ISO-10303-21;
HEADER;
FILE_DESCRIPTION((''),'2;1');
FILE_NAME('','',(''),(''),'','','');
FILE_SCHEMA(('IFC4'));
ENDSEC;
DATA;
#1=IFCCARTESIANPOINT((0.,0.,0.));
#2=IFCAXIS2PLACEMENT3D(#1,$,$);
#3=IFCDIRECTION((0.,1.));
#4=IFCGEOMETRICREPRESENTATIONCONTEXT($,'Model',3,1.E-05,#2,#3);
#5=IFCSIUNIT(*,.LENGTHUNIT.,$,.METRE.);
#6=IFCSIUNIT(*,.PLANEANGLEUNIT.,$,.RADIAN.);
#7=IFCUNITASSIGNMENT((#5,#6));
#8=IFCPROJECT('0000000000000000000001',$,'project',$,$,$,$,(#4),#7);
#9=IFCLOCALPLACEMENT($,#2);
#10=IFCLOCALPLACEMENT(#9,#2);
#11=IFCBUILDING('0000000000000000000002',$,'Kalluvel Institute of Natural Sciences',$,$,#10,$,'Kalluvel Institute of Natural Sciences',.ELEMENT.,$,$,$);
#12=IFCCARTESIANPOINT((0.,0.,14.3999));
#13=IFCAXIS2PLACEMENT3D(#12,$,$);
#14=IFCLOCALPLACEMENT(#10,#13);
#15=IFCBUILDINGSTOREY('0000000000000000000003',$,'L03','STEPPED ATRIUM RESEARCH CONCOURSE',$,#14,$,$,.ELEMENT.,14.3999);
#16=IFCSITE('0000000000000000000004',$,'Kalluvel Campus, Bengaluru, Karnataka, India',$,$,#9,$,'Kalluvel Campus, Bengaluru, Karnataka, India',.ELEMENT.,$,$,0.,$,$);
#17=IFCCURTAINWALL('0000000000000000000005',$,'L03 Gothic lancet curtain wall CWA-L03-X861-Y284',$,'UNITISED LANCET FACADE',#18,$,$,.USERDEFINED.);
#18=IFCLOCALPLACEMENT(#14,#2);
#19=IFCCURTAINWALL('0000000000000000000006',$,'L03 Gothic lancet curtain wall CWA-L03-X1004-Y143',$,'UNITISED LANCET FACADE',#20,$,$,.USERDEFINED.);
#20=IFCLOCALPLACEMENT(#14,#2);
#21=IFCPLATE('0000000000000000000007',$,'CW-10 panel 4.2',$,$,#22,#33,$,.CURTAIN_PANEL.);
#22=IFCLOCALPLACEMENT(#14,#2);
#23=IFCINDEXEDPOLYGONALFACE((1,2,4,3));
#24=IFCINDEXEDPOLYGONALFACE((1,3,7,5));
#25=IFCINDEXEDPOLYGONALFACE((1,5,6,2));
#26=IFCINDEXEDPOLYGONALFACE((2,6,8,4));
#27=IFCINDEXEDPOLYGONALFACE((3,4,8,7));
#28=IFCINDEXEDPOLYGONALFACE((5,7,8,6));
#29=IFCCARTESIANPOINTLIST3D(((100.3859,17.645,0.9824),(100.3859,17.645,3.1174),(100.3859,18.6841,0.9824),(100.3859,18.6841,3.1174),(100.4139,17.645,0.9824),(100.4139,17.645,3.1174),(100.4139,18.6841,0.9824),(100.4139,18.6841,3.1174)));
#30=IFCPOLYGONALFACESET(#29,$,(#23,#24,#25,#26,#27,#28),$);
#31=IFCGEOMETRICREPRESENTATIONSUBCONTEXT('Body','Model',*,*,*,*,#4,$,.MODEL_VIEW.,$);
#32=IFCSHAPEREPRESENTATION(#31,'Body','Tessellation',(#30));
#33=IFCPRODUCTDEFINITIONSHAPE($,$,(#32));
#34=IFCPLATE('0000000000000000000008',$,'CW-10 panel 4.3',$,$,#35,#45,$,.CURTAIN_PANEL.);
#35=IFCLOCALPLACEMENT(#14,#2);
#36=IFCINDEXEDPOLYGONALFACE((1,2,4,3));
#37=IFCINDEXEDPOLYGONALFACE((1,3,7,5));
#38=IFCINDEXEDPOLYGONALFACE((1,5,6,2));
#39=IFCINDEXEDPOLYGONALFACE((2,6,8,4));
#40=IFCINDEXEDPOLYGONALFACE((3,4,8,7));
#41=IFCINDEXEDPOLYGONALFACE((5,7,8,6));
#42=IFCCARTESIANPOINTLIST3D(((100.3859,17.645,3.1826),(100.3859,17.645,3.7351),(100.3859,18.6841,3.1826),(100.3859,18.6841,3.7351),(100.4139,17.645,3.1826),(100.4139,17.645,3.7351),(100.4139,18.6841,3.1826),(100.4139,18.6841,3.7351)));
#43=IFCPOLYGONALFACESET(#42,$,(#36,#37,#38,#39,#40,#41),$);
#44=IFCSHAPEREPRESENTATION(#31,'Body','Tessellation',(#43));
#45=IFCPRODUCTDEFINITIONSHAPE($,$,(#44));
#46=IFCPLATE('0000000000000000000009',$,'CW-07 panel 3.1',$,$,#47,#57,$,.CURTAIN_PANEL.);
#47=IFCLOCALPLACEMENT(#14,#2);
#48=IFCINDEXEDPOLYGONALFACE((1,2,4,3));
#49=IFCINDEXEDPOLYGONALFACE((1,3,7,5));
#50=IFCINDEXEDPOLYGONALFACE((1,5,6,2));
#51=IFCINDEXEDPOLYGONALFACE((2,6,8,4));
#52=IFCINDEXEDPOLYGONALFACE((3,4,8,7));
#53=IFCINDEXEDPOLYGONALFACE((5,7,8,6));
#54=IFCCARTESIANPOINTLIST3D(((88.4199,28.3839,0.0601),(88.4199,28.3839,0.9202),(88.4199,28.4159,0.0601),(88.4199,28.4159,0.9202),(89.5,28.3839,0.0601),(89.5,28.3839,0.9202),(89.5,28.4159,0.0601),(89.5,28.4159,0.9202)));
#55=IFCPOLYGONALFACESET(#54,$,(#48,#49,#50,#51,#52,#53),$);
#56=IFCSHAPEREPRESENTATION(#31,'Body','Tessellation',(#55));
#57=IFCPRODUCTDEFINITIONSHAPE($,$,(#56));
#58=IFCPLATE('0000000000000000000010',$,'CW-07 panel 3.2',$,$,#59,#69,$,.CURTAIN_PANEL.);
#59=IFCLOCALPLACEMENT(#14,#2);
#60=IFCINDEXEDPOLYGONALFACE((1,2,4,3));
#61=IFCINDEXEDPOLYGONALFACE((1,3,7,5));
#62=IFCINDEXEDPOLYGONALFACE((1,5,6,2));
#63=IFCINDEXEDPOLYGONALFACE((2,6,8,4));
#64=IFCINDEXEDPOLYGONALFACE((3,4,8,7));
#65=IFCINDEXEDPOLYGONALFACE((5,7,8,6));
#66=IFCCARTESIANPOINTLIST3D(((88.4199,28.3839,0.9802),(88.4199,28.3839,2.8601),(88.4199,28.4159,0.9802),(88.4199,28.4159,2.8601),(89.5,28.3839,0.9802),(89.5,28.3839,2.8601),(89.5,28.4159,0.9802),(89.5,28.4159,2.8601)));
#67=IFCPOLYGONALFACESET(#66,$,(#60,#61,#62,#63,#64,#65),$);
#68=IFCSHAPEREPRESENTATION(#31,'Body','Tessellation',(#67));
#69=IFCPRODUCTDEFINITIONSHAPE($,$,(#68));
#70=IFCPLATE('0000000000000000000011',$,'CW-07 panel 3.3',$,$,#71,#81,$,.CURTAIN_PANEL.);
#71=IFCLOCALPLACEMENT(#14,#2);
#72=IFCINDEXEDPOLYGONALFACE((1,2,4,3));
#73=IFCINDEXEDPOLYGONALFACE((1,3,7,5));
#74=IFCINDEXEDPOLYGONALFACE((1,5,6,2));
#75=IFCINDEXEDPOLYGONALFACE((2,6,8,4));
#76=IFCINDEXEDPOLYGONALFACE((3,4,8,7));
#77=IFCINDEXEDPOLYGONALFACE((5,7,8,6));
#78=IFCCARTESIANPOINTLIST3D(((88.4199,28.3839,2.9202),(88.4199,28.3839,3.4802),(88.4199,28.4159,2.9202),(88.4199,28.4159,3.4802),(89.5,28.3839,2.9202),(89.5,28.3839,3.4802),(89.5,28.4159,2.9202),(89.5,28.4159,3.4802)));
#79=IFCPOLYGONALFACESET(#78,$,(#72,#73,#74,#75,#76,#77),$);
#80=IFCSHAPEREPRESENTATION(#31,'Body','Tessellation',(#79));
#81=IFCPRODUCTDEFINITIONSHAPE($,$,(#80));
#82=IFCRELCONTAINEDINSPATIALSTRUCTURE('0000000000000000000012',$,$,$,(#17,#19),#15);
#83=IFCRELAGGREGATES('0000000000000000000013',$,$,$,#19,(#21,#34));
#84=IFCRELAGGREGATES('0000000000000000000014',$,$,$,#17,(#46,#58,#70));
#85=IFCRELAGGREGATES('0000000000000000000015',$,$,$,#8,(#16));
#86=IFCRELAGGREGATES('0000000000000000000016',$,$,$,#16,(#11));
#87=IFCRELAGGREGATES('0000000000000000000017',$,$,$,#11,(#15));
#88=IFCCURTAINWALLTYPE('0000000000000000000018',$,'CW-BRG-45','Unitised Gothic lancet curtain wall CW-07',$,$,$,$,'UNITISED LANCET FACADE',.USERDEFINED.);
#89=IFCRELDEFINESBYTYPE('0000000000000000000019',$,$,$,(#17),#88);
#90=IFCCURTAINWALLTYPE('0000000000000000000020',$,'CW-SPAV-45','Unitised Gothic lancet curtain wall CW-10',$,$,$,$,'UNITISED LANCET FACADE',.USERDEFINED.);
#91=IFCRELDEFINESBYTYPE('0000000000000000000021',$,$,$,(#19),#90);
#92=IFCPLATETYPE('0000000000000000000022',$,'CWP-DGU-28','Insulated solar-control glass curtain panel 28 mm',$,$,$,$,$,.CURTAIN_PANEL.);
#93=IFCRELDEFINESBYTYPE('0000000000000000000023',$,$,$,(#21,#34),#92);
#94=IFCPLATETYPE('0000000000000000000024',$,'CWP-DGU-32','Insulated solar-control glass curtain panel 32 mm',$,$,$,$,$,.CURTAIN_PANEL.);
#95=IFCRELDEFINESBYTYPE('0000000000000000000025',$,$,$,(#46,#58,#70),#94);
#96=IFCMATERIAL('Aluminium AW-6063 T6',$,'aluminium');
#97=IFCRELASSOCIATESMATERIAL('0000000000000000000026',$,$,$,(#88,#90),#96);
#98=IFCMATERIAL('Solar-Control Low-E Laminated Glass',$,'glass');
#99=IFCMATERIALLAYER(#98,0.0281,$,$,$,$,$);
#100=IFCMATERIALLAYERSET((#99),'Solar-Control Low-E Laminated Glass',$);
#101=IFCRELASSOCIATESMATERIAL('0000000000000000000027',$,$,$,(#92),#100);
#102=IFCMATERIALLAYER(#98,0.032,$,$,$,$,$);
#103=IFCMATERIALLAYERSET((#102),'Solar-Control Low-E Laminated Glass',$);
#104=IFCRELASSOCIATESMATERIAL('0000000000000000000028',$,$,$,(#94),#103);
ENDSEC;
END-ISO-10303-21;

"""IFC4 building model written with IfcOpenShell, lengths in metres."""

from ifc_helpers import new_model, si_unit, direction, frame, origin, origin_2d, place, context, subcontext, project, spatial, rectangle, extrude, material, layer, layer_set, type_object, element, aggregate, save


model = new_model("IFC4")

# Units and contexts
model_context = context("Model", 3, precision=1e-05, world=origin(), true_north=direction((0.0, 1.0)))
body_context = subcontext(model_context, "Body", "Model", "MODEL_VIEW")
ifc_project = project(units=[si_unit("LENGTHUNIT", "METRE"), si_unit("PLANEANGLEUNIT", "RADIAN")], contexts=[model_context])

# Site, building, storey
site_placement = place(None, origin())
site = spatial("IfcSite", under=ifc_project, at=site_placement, Name="Kalluvel Campus, Bengaluru, Karnataka, India", LongName="Kalluvel Campus, Bengaluru, Karnataka, India", CompositionType="ELEMENT", RefElevation=0.0)
building_placement = place(site_placement, origin())
building = spatial("IfcBuilding", under=site, at=building_placement, Name="Kalluvel Institute of Natural Sciences", LongName="Kalluvel Institute of Natural Sciences", CompositionType="ELEMENT")
storey_placement = place(building_placement, frame((0.0, 0.0, 14.3999)))
storey = spatial("IfcBuildingStorey", under=building, at=storey_placement, Name="L03", Description="STEPPED ATRIUM RESEARCH CONCOURSE", CompositionType="ELEMENT", Elevation=14.3999)

# Curtain walls
ifc_material_1 = material(Name="Aluminium AW-6063 T6", Category="aluminium")
curtain_wall_type_1 = type_object("IfcCurtainWallType", Name="CW-BRG-45", Description="Unitised Gothic lancet curtain wall CW-07", ElementType="UNITISED LANCET FACADE", PredefinedType="USERDEFINED", material=ifc_material_1)
curtain_wall_1_placement = place(storey_placement, origin())
curtain_wall_1 = element("IfcCurtainWall", 1, at=curtain_wall_1_placement, inside=storey, type_object=curtain_wall_type_1, Name="L03 Gothic lancet curtain wall CWA-L03-X861-Y284", ObjectType="UNITISED LANCET FACADE", PredefinedType="USERDEFINED")
curtain_wall_type_2 = type_object("IfcCurtainWallType", Name="CW-SPAV-45", Description="Unitised Gothic lancet curtain wall CW-10", ElementType="UNITISED LANCET FACADE", PredefinedType="USERDEFINED", material=ifc_material_1)
curtain_wall_2_placement = place(storey_placement, origin())
curtain_wall_2 = element("IfcCurtainWall", 2, at=curtain_wall_2_placement, inside=storey, type_object=curtain_wall_type_2, Name="L03 Gothic lancet curtain wall CWA-L03-X1004-Y143", ObjectType="UNITISED LANCET FACADE", PredefinedType="USERDEFINED")

# Plates
ifc_material_2 = material(Name="Solar-Control Low-E Laminated Glass", Category="glass")
ifc_layer_1 = layer(ifc_material_2, 0.0281)
ifc_layer_set_1 = layer_set([ifc_layer_1], Name="Solar-Control Low-E Laminated Glass")
plate_type_1 = type_object("IfcPlateType", Name="CWP-DGU-28", Description="Insulated solar-control glass curtain panel 28 mm", PredefinedType="CURTAIN_PANEL", material=ifc_layer_set_1)
plate_1_placement = place(storey_placement, frame((100.3999, 18.1646, 0.9824), z_axis=(0.0, 0.0, 1.0), x_axis=(0.0, 1.0, 0.0)))
plate_1 = element("IfcPlate", 3, at=plate_1_placement, type_object=plate_type_1, Name="CW-10 panel 4.2", PredefinedType="CURTAIN_PANEL", context=body_context, shape_type="SweptSolid", body=[
    extrude(rectangle(XDim=1.0391, YDim=0.0281, at=origin_2d()), origin(), (0.0, 0.0, 1.0), 2.135),
])
plate_2_placement = place(storey_placement, frame((100.3999, 18.1646, 3.1826), z_axis=(0.0, 0.0, 1.0), x_axis=(0.0, 1.0, 0.0)))
plate_2 = element("IfcPlate", 4, at=plate_2_placement, type_object=plate_type_1, Name="CW-10 panel 4.3", PredefinedType="CURTAIN_PANEL", context=body_context, shape_type="SweptSolid", body=[
    extrude(rectangle(XDim=1.0391, YDim=0.0281, at=origin_2d()), origin(), (0.0, 0.0, 1.0), 0.5525),
])
aggregate(curtain_wall_2, [plate_1, plate_2])
ifc_layer_2 = layer(ifc_material_2, 0.032)
ifc_layer_set_2 = layer_set([ifc_layer_2], Name="Solar-Control Low-E Laminated Glass")
plate_type_2 = type_object("IfcPlateType", Name="CWP-DGU-32", Description="Insulated solar-control glass curtain panel 32 mm", PredefinedType="CURTAIN_PANEL", material=ifc_layer_set_2)
plate_3_placement = place(storey_placement, frame((88.96, 28.3999, 0.0601), z_axis=(0.0, 0.0, 1.0), x_axis=(1.0, 0.0, 0.0)))
plate_3 = element("IfcPlate", 5, at=plate_3_placement, type_object=plate_type_2, Name="CW-07 panel 3.1", PredefinedType="CURTAIN_PANEL", context=body_context, shape_type="SweptSolid", body=[
    extrude(rectangle(XDim=1.0801, YDim=0.032, at=origin_2d()), origin(), (0.0, 0.0, 1.0), 0.8601),
])
plate_4_placement = place(storey_placement, frame((88.96, 28.3999, 0.9802), z_axis=(0.0, 0.0, 1.0), x_axis=(1.0, 0.0, 0.0)))
plate_4 = element("IfcPlate", 6, at=plate_4_placement, type_object=plate_type_2, Name="CW-07 panel 3.2", PredefinedType="CURTAIN_PANEL", context=body_context, shape_type="SweptSolid", body=[
    extrude(rectangle(XDim=1.0801, YDim=0.032, at=origin_2d()), origin(), (0.0, 0.0, 1.0), 1.8799),
])
plate_5_placement = place(storey_placement, frame((88.96, 28.3999, 2.9202), z_axis=(0.0, 0.0, 1.0), x_axis=(1.0, 0.0, 0.0)))
plate_5 = element("IfcPlate", 7, at=plate_5_placement, type_object=plate_type_2, Name="CW-07 panel 3.3", PredefinedType="CURTAIN_PANEL", context=body_context, shape_type="SweptSolid", body=[
    extrude(rectangle(XDim=1.0801, YDim=0.032, at=origin_2d()), origin(), (0.0, 0.0, 1.0), 0.5601),
])
aggregate(curtain_wall_1, [plate_3, plate_4, plate_5])

save(model, "model.ifc")
